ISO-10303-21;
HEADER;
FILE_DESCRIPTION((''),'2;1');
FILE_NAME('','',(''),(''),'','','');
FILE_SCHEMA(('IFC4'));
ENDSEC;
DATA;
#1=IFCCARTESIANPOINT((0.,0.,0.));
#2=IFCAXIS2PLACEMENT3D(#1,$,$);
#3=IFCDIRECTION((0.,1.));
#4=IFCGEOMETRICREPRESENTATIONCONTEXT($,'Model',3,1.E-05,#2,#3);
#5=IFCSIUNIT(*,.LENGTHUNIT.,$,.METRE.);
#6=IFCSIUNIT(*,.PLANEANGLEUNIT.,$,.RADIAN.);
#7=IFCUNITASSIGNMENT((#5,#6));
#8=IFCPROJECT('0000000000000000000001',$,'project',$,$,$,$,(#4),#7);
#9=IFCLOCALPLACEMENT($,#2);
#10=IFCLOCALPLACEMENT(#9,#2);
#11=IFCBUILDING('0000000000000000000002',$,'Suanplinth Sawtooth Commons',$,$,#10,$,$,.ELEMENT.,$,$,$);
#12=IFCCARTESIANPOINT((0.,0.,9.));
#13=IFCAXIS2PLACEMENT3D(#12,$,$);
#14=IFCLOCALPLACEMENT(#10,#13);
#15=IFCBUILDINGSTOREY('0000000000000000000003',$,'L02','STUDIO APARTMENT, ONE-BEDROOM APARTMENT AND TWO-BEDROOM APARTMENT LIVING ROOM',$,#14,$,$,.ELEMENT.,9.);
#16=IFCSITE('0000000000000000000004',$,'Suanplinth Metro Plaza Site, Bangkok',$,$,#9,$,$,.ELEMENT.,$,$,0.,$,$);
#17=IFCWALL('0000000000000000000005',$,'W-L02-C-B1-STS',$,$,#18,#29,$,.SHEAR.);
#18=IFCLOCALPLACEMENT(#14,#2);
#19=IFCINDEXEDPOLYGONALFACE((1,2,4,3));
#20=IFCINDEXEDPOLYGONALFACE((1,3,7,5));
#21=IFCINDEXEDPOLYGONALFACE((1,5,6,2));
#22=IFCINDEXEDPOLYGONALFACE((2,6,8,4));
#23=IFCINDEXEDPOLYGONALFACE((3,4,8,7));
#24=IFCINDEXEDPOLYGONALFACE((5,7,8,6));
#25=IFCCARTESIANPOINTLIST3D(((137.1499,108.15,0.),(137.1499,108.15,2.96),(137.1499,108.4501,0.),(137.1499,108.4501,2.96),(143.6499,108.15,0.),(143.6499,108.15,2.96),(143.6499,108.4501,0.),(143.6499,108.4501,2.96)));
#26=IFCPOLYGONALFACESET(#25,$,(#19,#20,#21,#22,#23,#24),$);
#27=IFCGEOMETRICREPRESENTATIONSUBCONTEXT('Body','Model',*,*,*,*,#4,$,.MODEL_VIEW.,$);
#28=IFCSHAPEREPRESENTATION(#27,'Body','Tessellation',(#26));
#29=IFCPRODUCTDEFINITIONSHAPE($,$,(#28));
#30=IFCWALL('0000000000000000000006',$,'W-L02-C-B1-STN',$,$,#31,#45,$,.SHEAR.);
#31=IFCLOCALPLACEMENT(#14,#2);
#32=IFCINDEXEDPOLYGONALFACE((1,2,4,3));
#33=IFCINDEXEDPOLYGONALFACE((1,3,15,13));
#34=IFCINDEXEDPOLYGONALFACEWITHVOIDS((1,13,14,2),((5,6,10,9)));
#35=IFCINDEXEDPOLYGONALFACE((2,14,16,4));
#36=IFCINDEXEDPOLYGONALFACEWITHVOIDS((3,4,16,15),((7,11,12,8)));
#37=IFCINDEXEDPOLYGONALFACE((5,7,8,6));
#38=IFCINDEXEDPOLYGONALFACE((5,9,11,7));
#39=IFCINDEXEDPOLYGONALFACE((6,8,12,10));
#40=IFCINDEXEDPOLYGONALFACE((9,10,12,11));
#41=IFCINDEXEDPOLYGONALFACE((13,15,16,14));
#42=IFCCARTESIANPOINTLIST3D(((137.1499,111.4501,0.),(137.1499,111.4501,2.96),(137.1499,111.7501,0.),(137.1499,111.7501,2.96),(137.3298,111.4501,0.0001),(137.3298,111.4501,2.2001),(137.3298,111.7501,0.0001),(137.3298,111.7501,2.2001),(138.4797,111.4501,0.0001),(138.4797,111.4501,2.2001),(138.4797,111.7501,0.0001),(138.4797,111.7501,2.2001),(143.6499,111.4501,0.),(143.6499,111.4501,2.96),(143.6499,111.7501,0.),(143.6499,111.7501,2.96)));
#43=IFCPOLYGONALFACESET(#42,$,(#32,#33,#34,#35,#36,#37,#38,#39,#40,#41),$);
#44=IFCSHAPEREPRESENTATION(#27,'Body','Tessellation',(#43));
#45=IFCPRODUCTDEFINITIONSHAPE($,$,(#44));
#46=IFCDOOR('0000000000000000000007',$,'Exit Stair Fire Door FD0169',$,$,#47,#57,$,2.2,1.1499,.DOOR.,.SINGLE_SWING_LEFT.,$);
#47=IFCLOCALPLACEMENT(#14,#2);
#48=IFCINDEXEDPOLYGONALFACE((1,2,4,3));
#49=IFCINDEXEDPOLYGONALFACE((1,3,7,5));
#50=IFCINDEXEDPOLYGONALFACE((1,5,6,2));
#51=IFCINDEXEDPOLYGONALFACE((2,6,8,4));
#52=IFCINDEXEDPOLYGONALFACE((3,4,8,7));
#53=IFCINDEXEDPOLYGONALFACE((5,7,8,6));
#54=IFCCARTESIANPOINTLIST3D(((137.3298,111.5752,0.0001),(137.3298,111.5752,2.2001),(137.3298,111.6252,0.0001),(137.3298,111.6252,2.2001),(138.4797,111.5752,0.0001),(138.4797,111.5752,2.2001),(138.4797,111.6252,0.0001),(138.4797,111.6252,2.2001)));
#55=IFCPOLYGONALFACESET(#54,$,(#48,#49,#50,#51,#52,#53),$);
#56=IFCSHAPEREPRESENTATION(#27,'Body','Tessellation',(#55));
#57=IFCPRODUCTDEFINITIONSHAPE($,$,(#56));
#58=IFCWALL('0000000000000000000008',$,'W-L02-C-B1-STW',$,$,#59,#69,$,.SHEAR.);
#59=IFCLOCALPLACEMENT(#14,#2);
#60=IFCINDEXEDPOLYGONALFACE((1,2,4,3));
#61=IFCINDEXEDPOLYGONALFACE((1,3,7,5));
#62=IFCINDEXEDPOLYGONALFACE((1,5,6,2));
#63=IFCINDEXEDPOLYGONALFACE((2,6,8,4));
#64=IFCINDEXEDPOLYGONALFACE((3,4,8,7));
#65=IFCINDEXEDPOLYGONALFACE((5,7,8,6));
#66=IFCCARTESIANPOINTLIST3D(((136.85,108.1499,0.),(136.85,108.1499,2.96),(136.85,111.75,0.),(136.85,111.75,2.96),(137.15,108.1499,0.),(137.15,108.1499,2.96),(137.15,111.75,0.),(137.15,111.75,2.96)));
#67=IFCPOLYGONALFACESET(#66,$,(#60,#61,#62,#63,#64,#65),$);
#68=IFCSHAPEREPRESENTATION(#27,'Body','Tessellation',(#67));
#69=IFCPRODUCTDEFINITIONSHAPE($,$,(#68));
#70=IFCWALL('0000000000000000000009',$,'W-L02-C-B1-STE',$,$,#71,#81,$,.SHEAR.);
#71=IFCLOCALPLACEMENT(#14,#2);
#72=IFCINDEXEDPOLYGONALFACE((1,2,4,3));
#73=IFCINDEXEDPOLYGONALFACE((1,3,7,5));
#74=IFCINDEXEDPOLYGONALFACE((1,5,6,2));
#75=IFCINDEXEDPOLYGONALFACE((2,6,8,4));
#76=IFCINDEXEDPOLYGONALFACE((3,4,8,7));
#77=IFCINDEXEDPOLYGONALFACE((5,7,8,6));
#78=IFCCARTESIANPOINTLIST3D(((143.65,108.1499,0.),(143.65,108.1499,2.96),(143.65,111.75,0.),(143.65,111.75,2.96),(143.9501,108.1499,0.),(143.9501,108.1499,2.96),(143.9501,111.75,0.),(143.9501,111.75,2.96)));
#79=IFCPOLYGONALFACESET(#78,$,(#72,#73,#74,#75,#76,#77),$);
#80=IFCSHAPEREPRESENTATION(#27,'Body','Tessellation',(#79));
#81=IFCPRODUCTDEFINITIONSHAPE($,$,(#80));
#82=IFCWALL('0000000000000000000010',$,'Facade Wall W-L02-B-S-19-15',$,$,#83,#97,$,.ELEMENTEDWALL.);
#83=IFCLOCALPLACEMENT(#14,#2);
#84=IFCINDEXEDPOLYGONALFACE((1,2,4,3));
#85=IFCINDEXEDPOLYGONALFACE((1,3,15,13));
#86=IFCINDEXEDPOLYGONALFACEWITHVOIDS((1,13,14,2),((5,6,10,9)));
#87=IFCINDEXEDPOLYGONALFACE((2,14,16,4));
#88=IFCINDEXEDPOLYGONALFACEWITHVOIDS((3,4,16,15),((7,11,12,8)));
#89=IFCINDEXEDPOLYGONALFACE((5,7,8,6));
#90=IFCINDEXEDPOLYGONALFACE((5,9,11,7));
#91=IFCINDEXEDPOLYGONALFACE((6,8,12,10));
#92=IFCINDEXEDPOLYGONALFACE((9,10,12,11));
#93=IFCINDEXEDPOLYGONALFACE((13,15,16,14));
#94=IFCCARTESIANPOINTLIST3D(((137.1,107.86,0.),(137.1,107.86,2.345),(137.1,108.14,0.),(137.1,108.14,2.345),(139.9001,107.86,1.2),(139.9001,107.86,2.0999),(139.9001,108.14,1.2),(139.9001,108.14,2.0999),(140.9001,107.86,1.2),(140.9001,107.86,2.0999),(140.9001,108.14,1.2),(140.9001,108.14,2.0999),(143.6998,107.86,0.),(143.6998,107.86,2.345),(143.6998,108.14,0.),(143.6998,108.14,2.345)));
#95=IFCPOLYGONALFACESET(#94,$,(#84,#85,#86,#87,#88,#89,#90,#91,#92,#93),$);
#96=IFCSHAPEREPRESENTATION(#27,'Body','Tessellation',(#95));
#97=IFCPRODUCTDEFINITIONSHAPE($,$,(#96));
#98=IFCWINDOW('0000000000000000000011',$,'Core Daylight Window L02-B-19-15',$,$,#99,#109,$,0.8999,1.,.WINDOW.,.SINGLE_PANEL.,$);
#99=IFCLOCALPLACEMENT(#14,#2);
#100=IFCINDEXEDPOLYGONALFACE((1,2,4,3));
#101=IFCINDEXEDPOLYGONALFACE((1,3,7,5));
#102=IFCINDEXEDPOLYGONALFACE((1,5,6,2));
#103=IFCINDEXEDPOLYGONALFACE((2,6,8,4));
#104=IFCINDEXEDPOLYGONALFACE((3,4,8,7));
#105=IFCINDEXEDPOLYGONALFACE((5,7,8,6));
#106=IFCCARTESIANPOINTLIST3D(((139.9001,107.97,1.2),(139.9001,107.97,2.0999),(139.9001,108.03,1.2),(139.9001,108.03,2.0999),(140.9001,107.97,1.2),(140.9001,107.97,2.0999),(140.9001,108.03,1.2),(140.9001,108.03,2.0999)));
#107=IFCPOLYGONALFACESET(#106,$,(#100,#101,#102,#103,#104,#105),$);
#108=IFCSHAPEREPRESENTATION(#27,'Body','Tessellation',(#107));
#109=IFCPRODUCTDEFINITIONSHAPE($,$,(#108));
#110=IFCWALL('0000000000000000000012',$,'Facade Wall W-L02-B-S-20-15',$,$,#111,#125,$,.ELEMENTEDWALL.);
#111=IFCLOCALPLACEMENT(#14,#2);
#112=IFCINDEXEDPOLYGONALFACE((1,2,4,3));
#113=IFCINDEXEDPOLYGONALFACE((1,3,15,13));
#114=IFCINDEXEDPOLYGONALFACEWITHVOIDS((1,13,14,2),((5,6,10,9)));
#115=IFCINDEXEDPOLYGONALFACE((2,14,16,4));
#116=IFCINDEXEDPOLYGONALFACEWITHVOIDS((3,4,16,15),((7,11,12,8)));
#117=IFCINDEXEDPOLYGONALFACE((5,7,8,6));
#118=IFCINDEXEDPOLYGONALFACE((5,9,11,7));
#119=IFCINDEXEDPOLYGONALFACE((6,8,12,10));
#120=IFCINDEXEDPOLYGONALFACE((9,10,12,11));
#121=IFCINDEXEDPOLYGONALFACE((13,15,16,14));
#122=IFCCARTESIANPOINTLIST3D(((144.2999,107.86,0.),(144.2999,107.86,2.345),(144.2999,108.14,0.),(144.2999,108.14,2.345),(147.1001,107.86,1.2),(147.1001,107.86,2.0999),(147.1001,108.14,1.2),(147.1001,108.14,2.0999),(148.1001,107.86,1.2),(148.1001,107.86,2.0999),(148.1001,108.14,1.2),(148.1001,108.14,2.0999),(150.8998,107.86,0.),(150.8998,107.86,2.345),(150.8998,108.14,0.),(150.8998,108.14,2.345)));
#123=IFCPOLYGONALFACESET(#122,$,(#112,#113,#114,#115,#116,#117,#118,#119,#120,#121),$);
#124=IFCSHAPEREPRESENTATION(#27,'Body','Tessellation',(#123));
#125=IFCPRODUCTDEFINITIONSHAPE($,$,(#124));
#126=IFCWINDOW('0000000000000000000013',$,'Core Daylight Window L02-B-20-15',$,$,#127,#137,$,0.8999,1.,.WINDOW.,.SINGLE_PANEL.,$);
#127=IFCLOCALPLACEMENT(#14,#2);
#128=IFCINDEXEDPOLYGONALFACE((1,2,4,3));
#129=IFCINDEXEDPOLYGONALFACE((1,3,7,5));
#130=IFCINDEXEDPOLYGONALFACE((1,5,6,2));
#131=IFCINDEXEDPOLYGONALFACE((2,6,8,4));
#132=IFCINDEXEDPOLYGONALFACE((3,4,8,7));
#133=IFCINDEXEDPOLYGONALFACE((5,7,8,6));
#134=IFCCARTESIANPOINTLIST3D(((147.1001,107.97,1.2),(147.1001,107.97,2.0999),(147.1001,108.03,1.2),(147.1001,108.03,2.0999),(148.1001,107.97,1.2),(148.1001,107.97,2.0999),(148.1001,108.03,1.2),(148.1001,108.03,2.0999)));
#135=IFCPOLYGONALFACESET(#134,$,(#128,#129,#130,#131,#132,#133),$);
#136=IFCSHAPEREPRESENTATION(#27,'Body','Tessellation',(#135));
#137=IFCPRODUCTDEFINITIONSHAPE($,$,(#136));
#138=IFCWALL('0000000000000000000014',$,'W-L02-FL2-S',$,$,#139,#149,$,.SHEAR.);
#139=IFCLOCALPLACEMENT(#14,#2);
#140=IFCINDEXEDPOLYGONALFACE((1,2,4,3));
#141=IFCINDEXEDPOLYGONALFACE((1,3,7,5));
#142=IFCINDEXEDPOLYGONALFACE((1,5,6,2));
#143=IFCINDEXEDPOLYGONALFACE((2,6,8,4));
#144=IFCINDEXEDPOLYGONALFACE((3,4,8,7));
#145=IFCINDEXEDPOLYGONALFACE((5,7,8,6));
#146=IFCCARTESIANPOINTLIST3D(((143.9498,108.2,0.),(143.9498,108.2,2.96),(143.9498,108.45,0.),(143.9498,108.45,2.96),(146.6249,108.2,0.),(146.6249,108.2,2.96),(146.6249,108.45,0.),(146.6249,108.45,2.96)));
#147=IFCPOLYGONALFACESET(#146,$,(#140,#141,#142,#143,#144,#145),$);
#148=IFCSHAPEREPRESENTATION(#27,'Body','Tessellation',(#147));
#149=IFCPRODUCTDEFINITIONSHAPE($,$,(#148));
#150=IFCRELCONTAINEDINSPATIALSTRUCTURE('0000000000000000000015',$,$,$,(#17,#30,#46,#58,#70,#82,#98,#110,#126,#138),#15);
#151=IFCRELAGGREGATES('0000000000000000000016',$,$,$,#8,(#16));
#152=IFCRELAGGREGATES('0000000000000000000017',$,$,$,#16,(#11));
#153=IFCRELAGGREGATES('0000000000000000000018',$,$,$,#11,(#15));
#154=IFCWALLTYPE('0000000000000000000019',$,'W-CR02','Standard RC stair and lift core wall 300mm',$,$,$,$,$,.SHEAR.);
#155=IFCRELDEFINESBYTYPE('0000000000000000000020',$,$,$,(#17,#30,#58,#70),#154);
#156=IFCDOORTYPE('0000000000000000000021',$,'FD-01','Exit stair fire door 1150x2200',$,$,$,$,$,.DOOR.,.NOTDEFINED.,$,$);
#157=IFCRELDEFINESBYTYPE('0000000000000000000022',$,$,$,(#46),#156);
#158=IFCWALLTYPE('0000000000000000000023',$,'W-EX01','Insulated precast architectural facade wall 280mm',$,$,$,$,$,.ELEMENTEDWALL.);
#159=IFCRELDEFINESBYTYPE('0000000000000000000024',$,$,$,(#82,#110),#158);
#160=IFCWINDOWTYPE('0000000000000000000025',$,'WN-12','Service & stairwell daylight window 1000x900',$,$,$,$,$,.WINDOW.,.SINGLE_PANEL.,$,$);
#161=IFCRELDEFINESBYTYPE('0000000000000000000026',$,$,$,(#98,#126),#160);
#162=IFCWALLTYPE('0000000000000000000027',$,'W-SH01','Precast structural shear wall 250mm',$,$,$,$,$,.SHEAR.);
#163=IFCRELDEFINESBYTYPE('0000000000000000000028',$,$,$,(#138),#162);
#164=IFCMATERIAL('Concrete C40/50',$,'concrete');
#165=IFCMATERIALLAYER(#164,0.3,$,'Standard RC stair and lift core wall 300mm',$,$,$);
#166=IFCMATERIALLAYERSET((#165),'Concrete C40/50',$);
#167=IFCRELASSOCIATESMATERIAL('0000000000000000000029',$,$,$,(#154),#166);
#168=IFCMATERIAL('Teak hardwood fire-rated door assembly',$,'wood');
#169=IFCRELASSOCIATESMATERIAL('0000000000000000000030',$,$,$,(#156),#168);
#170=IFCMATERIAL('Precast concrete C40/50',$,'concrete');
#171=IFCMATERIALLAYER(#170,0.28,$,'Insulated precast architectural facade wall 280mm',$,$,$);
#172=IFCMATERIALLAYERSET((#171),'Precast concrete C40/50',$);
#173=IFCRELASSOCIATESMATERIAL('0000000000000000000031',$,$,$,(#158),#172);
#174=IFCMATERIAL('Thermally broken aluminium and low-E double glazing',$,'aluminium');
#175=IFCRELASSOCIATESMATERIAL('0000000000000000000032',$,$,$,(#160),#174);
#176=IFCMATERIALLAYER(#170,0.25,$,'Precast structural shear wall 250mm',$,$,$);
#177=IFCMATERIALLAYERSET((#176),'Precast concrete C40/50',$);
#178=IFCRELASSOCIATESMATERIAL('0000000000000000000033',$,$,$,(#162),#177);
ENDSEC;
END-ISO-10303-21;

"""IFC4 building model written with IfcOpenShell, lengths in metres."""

from ifc_helpers import new_model, si_unit, direction, frame, frame_2d, origin, place, context, subcontext, project, spatial, rectangle, extrude, material, layer, layer_set, type_object, element, fill, save


model = new_model("IFC4")

# Units and contexts
model_context = context("Model", 3, precision=1e-05, world=origin(), true_north=direction((0.0, 1.0)))
body_context = subcontext(model_context, "Body", "Model", "MODEL_VIEW")
ifc_project = project(units=[si_unit("LENGTHUNIT", "METRE"), si_unit("PLANEANGLEUNIT", "RADIAN")], contexts=[model_context])

# Site, building, storey
site_placement = place(None, origin())
site = spatial("IfcSite", under=ifc_project, at=site_placement, Name="Suanplinth Metro Plaza Site, Bangkok", CompositionType="ELEMENT", RefElevation=0.0)
building_placement = place(site_placement, origin())
building = spatial("IfcBuilding", under=site, at=building_placement, Name="Suanplinth Sawtooth Commons", CompositionType="ELEMENT")
storey_placement = place(building_placement, frame((0.0, 0.0, 9.0)))
storey = spatial("IfcBuildingStorey", under=building, at=storey_placement, Name="L02", Description="STUDIO APARTMENT, ONE-BEDROOM APARTMENT AND TWO-BEDROOM APARTMENT LIVING ROOM", CompositionType="ELEMENT", Elevation=9.0)

# Shared definitions
ifc_material_1 = material(Name="Precast concrete C40/50", Category="concrete")

# Wall
ifc_material_2 = material(Name="Concrete C40/50", Category="concrete")
ifc_layer_1 = layer(ifc_material_2, 0.3, Name="Standard RC stair and lift core wall 300mm")
ifc_layer_set_1 = layer_set([ifc_layer_1], Name="Concrete C40/50")
wall_type_1 = type_object("IfcWallType", Name="W-CR02", Description="Standard RC stair and lift core wall 300mm", PredefinedType="SHEAR", material=ifc_layer_set_1)
wall_1_placement = place(storey_placement, frame((137.1499, 108.3, 0.0), z_axis=(0.0, 0.0, 1.0), x_axis=(1.0, 0.0, 0.0)))
element("IfcWall", 1, at=wall_1_placement, inside=storey, type_object=wall_type_1, Name="W-L02-C-B1-STS", PredefinedType="SHEAR", context=body_context, shape_type="SweptSolid", body=[
    extrude(rectangle(XDim=6.5, YDim=0.3, at=frame_2d((3.25, 0.0))), origin(), (0.0, 0.0, 1.0), 2.96),
])

# Wall, opening, door
wall_2_placement = place(storey_placement, frame((137.1499, 111.6001, 0.0), z_axis=(0.0, 0.0, 1.0), x_axis=(1.0, 0.0, 0.0)))
wall_2 = element("IfcWall", 2, at=wall_2_placement, inside=storey, type_object=wall_type_1, Name="W-L02-C-B1-STN", PredefinedType="SHEAR", context=body_context, shape_type="SweptSolid", body=[
    extrude(rectangle(XDim=6.5, YDim=0.3, at=frame_2d((3.25, 0.0))), origin(), (0.0, 0.0, 1.0), 2.96),
])
opening_1_placement = place(wall_2_placement, frame((0.1799, 0.0, 0.0)))
opening_1 = element("IfcOpeningElement", 3, at=opening_1_placement, cuts=wall_2, PredefinedType="OPENING", context=body_context, shape_type="SweptSolid", body=[
    extrude(rectangle(XDim=1.1499, YDim=2.2, at=frame_2d((0.575, 1.1001))), frame((0.0, 0.165, 0.0), z_axis=(0.0, -1.0, 0.0), x_axis=(1.0, 0.0, 0.0)), (0.0, 0.0, 1.0), 0.3298),
])
ifc_material_3 = material(Name="Teak hardwood fire-rated door assembly", Category="wood")
door_type_1 = type_object("IfcDoorType", Name="FD-01", Description="Exit stair fire door 1150x2200", OperationType="NOTDEFINED", PredefinedType="DOOR", material=ifc_material_3)
door_1_placement = place(opening_1_placement, frame((1.1499, 0.0, 0.0), z_axis=(0.0, 0.0, 1.0), x_axis=(-1.0, 0.0, 0.0)))
door_1 = element("IfcDoor", 4, at=door_1_placement, inside=storey, type_object=door_type_1, Name="Exit Stair Fire Door FD0169", OperationType="SINGLE_SWING_LEFT", OverallHeight=2.2, OverallWidth=1.1499, PredefinedType="DOOR", context=body_context, shape_type="SweptSolid", body=[
    extrude(rectangle(XDim=1.1499, YDim=2.2, at=frame_2d((0.575, 1.1001))), frame((0.0, 0.0249, 0.0), z_axis=(0.0, -1.0, 0.0), x_axis=(1.0, 0.0, 0.0)), (0.0, 0.0, 1.0), 0.05),
])
fill(opening_1, door_1)

# Walls
for number, where, z_axis, x_axis, name in (
    (5, (137.0, 108.1499, 0.0), (0.0, 0.0, 1.0), (0.0, 1.0, 0.0), "W-L02-C-B1-STW"),
    (6, (143.8, 108.1499, 0.0), (0.0, 0.0, 1.0), (0.0, 1.0, 0.0), "W-L02-C-B1-STE"),
):
    element("IfcWall", number, at=place(storey_placement, frame(where, z_axis=z_axis, x_axis=x_axis)), inside=storey, type_object=wall_type_1, Name=name, PredefinedType="SHEAR", context=body_context, shape_type="SweptSolid", body=[
        extrude(rectangle(XDim=3.6001, YDim=0.3, at=frame_2d((1.8, 0.0))), origin(), (0.0, 0.0, 1.0), 2.96),
    ])

# Walls, openings, windows
ifc_layer_2 = layer(ifc_material_1, 0.28, Name="Insulated precast architectural facade wall 280mm")
ifc_layer_set_2 = layer_set([ifc_layer_2], Name="Precast concrete C40/50")
wall_type_2 = type_object("IfcWallType", Name="W-EX01", Description="Insulated precast architectural facade wall 280mm", PredefinedType="ELEMENTEDWALL", material=ifc_layer_set_2)
wall_3_placement = place(storey_placement, frame((137.1001, 108.0, 0.0), z_axis=(0.0, 0.0, 1.0), x_axis=(1.0, 0.0, 0.0)))
wall_3 = element("IfcWall", 7, at=wall_3_placement, inside=storey, type_object=wall_type_2, Name="Facade Wall W-L02-B-S-19-15", PredefinedType="ELEMENTEDWALL", context=body_context, shape_type="SweptSolid", body=[
    extrude(rectangle(XDim=6.5999, YDim=0.28, at=frame_2d((3.2998, 0.0))), origin(), (0.0, 0.0, 1.0), 2.345),
])
opening_2_placement = place(wall_3_placement, frame((2.8, 0.0, 1.2)))
opening_2 = element("IfcOpeningElement", 8, at=opening_2_placement, cuts=wall_3, PredefinedType="OPENING", context=body_context, shape_type="SweptSolid", body=[
    extrude(rectangle(XDim=1.0, YDim=0.8999, at=frame_2d((0.5, 0.45))), frame((0.0, 0.1548, 0.0), z_axis=(0.0, -1.0, 0.0), x_axis=(1.0, 0.0, 0.0)), (0.0, 0.0, 1.0), 0.3098),
])
ifc_material_4 = material(Name="Thermally broken aluminium and low-E double glazing", Category="aluminium")
window_type = type_object("IfcWindowType", Name="WN-12", Description="Service & stairwell daylight window 1000x900", PartitioningType="SINGLE_PANEL", PredefinedType="WINDOW", material=ifc_material_4)
window_1_placement = place(opening_2_placement, origin())
window_1 = element("IfcWindow", 9, at=window_1_placement, inside=storey, type_object=window_type, Name="Core Daylight Window L02-B-19-15", OverallHeight=0.8999, OverallWidth=1.0, PartitioningType="SINGLE_PANEL", PredefinedType="WINDOW", context=body_context, shape_type="SweptSolid", body=[
    extrude(rectangle(XDim=1.0, YDim=0.8999, at=frame_2d((0.5, 0.45))), frame((0.0, 0.03, 0.0), z_axis=(0.0, -1.0, 0.0), x_axis=(1.0, 0.0, 0.0)), (0.0, 0.0, 1.0), 0.0601),
])
fill(opening_2, window_1)
wall_4_placement = place(storey_placement, frame((144.3, 108.0, 0.0), z_axis=(0.0, 0.0, 1.0), x_axis=(1.0, 0.0, 0.0)))
wall_4 = element("IfcWall", 10, at=wall_4_placement, inside=storey, type_object=wall_type_2, Name="Facade Wall W-L02-B-S-20-15", PredefinedType="ELEMENTEDWALL", context=body_context, shape_type="SweptSolid", body=[
    extrude(rectangle(XDim=6.5999, YDim=0.28, at=frame_2d((3.2998, 0.0))), origin(), (0.0, 0.0, 1.0), 2.345),
])
opening_3_placement = place(wall_4_placement, frame((2.8, 0.0, 1.2)))
opening_3 = element("IfcOpeningElement", 11, at=opening_3_placement, cuts=wall_4, PredefinedType="OPENING", context=body_context, shape_type="SweptSolid", body=[
    extrude(rectangle(XDim=1.0, YDim=0.8999, at=frame_2d((0.5, 0.45))), frame((0.0, 0.1548, 0.0), z_axis=(0.0, -1.0, 0.0), x_axis=(1.0, 0.0, 0.0)), (0.0, 0.0, 1.0), 0.3098),
])
window_2_placement = place(opening_3_placement, origin())
window_2 = element("IfcWindow", 12, at=window_2_placement, inside=storey, type_object=window_type, Name="Core Daylight Window L02-B-20-15", OverallHeight=0.8999, OverallWidth=1.0, PartitioningType="SINGLE_PANEL", PredefinedType="WINDOW", context=body_context, shape_type="SweptSolid", body=[
    extrude(rectangle(XDim=1.0, YDim=0.8999, at=frame_2d((0.5, 0.45))), frame((0.0, 0.03, 0.0), z_axis=(0.0, -1.0, 0.0), x_axis=(1.0, 0.0, 0.0)), (0.0, 0.0, 1.0), 0.0601),
])
fill(opening_3, window_2)

# Wall
ifc_layer_3 = layer(ifc_material_1, 0.25, Name="Precast structural shear wall 250mm")
ifc_layer_set_3 = layer_set([ifc_layer_3], Name="Precast concrete C40/50")
wall_type_3 = type_object("IfcWallType", Name="W-SH01", Description="Precast structural shear wall 250mm", PredefinedType="SHEAR", material=ifc_layer_set_3)
wall_5_placement = place(storey_placement, frame((143.95, 108.325, 0.0), z_axis=(0.0, 0.0, 1.0), x_axis=(1.0, 0.0, 0.0)))
element("IfcWall", 13, at=wall_5_placement, inside=storey, type_object=wall_type_3, Name="W-L02-FL2-S", PredefinedType="SHEAR", context=body_context, shape_type="SweptSolid", body=[
    extrude(rectangle(XDim=2.675, YDim=0.25, at=frame_2d((1.3374, 0.0))), origin(), (0.0, 0.0, 1.0), 2.96),
])

save(model, "model.ifc")
